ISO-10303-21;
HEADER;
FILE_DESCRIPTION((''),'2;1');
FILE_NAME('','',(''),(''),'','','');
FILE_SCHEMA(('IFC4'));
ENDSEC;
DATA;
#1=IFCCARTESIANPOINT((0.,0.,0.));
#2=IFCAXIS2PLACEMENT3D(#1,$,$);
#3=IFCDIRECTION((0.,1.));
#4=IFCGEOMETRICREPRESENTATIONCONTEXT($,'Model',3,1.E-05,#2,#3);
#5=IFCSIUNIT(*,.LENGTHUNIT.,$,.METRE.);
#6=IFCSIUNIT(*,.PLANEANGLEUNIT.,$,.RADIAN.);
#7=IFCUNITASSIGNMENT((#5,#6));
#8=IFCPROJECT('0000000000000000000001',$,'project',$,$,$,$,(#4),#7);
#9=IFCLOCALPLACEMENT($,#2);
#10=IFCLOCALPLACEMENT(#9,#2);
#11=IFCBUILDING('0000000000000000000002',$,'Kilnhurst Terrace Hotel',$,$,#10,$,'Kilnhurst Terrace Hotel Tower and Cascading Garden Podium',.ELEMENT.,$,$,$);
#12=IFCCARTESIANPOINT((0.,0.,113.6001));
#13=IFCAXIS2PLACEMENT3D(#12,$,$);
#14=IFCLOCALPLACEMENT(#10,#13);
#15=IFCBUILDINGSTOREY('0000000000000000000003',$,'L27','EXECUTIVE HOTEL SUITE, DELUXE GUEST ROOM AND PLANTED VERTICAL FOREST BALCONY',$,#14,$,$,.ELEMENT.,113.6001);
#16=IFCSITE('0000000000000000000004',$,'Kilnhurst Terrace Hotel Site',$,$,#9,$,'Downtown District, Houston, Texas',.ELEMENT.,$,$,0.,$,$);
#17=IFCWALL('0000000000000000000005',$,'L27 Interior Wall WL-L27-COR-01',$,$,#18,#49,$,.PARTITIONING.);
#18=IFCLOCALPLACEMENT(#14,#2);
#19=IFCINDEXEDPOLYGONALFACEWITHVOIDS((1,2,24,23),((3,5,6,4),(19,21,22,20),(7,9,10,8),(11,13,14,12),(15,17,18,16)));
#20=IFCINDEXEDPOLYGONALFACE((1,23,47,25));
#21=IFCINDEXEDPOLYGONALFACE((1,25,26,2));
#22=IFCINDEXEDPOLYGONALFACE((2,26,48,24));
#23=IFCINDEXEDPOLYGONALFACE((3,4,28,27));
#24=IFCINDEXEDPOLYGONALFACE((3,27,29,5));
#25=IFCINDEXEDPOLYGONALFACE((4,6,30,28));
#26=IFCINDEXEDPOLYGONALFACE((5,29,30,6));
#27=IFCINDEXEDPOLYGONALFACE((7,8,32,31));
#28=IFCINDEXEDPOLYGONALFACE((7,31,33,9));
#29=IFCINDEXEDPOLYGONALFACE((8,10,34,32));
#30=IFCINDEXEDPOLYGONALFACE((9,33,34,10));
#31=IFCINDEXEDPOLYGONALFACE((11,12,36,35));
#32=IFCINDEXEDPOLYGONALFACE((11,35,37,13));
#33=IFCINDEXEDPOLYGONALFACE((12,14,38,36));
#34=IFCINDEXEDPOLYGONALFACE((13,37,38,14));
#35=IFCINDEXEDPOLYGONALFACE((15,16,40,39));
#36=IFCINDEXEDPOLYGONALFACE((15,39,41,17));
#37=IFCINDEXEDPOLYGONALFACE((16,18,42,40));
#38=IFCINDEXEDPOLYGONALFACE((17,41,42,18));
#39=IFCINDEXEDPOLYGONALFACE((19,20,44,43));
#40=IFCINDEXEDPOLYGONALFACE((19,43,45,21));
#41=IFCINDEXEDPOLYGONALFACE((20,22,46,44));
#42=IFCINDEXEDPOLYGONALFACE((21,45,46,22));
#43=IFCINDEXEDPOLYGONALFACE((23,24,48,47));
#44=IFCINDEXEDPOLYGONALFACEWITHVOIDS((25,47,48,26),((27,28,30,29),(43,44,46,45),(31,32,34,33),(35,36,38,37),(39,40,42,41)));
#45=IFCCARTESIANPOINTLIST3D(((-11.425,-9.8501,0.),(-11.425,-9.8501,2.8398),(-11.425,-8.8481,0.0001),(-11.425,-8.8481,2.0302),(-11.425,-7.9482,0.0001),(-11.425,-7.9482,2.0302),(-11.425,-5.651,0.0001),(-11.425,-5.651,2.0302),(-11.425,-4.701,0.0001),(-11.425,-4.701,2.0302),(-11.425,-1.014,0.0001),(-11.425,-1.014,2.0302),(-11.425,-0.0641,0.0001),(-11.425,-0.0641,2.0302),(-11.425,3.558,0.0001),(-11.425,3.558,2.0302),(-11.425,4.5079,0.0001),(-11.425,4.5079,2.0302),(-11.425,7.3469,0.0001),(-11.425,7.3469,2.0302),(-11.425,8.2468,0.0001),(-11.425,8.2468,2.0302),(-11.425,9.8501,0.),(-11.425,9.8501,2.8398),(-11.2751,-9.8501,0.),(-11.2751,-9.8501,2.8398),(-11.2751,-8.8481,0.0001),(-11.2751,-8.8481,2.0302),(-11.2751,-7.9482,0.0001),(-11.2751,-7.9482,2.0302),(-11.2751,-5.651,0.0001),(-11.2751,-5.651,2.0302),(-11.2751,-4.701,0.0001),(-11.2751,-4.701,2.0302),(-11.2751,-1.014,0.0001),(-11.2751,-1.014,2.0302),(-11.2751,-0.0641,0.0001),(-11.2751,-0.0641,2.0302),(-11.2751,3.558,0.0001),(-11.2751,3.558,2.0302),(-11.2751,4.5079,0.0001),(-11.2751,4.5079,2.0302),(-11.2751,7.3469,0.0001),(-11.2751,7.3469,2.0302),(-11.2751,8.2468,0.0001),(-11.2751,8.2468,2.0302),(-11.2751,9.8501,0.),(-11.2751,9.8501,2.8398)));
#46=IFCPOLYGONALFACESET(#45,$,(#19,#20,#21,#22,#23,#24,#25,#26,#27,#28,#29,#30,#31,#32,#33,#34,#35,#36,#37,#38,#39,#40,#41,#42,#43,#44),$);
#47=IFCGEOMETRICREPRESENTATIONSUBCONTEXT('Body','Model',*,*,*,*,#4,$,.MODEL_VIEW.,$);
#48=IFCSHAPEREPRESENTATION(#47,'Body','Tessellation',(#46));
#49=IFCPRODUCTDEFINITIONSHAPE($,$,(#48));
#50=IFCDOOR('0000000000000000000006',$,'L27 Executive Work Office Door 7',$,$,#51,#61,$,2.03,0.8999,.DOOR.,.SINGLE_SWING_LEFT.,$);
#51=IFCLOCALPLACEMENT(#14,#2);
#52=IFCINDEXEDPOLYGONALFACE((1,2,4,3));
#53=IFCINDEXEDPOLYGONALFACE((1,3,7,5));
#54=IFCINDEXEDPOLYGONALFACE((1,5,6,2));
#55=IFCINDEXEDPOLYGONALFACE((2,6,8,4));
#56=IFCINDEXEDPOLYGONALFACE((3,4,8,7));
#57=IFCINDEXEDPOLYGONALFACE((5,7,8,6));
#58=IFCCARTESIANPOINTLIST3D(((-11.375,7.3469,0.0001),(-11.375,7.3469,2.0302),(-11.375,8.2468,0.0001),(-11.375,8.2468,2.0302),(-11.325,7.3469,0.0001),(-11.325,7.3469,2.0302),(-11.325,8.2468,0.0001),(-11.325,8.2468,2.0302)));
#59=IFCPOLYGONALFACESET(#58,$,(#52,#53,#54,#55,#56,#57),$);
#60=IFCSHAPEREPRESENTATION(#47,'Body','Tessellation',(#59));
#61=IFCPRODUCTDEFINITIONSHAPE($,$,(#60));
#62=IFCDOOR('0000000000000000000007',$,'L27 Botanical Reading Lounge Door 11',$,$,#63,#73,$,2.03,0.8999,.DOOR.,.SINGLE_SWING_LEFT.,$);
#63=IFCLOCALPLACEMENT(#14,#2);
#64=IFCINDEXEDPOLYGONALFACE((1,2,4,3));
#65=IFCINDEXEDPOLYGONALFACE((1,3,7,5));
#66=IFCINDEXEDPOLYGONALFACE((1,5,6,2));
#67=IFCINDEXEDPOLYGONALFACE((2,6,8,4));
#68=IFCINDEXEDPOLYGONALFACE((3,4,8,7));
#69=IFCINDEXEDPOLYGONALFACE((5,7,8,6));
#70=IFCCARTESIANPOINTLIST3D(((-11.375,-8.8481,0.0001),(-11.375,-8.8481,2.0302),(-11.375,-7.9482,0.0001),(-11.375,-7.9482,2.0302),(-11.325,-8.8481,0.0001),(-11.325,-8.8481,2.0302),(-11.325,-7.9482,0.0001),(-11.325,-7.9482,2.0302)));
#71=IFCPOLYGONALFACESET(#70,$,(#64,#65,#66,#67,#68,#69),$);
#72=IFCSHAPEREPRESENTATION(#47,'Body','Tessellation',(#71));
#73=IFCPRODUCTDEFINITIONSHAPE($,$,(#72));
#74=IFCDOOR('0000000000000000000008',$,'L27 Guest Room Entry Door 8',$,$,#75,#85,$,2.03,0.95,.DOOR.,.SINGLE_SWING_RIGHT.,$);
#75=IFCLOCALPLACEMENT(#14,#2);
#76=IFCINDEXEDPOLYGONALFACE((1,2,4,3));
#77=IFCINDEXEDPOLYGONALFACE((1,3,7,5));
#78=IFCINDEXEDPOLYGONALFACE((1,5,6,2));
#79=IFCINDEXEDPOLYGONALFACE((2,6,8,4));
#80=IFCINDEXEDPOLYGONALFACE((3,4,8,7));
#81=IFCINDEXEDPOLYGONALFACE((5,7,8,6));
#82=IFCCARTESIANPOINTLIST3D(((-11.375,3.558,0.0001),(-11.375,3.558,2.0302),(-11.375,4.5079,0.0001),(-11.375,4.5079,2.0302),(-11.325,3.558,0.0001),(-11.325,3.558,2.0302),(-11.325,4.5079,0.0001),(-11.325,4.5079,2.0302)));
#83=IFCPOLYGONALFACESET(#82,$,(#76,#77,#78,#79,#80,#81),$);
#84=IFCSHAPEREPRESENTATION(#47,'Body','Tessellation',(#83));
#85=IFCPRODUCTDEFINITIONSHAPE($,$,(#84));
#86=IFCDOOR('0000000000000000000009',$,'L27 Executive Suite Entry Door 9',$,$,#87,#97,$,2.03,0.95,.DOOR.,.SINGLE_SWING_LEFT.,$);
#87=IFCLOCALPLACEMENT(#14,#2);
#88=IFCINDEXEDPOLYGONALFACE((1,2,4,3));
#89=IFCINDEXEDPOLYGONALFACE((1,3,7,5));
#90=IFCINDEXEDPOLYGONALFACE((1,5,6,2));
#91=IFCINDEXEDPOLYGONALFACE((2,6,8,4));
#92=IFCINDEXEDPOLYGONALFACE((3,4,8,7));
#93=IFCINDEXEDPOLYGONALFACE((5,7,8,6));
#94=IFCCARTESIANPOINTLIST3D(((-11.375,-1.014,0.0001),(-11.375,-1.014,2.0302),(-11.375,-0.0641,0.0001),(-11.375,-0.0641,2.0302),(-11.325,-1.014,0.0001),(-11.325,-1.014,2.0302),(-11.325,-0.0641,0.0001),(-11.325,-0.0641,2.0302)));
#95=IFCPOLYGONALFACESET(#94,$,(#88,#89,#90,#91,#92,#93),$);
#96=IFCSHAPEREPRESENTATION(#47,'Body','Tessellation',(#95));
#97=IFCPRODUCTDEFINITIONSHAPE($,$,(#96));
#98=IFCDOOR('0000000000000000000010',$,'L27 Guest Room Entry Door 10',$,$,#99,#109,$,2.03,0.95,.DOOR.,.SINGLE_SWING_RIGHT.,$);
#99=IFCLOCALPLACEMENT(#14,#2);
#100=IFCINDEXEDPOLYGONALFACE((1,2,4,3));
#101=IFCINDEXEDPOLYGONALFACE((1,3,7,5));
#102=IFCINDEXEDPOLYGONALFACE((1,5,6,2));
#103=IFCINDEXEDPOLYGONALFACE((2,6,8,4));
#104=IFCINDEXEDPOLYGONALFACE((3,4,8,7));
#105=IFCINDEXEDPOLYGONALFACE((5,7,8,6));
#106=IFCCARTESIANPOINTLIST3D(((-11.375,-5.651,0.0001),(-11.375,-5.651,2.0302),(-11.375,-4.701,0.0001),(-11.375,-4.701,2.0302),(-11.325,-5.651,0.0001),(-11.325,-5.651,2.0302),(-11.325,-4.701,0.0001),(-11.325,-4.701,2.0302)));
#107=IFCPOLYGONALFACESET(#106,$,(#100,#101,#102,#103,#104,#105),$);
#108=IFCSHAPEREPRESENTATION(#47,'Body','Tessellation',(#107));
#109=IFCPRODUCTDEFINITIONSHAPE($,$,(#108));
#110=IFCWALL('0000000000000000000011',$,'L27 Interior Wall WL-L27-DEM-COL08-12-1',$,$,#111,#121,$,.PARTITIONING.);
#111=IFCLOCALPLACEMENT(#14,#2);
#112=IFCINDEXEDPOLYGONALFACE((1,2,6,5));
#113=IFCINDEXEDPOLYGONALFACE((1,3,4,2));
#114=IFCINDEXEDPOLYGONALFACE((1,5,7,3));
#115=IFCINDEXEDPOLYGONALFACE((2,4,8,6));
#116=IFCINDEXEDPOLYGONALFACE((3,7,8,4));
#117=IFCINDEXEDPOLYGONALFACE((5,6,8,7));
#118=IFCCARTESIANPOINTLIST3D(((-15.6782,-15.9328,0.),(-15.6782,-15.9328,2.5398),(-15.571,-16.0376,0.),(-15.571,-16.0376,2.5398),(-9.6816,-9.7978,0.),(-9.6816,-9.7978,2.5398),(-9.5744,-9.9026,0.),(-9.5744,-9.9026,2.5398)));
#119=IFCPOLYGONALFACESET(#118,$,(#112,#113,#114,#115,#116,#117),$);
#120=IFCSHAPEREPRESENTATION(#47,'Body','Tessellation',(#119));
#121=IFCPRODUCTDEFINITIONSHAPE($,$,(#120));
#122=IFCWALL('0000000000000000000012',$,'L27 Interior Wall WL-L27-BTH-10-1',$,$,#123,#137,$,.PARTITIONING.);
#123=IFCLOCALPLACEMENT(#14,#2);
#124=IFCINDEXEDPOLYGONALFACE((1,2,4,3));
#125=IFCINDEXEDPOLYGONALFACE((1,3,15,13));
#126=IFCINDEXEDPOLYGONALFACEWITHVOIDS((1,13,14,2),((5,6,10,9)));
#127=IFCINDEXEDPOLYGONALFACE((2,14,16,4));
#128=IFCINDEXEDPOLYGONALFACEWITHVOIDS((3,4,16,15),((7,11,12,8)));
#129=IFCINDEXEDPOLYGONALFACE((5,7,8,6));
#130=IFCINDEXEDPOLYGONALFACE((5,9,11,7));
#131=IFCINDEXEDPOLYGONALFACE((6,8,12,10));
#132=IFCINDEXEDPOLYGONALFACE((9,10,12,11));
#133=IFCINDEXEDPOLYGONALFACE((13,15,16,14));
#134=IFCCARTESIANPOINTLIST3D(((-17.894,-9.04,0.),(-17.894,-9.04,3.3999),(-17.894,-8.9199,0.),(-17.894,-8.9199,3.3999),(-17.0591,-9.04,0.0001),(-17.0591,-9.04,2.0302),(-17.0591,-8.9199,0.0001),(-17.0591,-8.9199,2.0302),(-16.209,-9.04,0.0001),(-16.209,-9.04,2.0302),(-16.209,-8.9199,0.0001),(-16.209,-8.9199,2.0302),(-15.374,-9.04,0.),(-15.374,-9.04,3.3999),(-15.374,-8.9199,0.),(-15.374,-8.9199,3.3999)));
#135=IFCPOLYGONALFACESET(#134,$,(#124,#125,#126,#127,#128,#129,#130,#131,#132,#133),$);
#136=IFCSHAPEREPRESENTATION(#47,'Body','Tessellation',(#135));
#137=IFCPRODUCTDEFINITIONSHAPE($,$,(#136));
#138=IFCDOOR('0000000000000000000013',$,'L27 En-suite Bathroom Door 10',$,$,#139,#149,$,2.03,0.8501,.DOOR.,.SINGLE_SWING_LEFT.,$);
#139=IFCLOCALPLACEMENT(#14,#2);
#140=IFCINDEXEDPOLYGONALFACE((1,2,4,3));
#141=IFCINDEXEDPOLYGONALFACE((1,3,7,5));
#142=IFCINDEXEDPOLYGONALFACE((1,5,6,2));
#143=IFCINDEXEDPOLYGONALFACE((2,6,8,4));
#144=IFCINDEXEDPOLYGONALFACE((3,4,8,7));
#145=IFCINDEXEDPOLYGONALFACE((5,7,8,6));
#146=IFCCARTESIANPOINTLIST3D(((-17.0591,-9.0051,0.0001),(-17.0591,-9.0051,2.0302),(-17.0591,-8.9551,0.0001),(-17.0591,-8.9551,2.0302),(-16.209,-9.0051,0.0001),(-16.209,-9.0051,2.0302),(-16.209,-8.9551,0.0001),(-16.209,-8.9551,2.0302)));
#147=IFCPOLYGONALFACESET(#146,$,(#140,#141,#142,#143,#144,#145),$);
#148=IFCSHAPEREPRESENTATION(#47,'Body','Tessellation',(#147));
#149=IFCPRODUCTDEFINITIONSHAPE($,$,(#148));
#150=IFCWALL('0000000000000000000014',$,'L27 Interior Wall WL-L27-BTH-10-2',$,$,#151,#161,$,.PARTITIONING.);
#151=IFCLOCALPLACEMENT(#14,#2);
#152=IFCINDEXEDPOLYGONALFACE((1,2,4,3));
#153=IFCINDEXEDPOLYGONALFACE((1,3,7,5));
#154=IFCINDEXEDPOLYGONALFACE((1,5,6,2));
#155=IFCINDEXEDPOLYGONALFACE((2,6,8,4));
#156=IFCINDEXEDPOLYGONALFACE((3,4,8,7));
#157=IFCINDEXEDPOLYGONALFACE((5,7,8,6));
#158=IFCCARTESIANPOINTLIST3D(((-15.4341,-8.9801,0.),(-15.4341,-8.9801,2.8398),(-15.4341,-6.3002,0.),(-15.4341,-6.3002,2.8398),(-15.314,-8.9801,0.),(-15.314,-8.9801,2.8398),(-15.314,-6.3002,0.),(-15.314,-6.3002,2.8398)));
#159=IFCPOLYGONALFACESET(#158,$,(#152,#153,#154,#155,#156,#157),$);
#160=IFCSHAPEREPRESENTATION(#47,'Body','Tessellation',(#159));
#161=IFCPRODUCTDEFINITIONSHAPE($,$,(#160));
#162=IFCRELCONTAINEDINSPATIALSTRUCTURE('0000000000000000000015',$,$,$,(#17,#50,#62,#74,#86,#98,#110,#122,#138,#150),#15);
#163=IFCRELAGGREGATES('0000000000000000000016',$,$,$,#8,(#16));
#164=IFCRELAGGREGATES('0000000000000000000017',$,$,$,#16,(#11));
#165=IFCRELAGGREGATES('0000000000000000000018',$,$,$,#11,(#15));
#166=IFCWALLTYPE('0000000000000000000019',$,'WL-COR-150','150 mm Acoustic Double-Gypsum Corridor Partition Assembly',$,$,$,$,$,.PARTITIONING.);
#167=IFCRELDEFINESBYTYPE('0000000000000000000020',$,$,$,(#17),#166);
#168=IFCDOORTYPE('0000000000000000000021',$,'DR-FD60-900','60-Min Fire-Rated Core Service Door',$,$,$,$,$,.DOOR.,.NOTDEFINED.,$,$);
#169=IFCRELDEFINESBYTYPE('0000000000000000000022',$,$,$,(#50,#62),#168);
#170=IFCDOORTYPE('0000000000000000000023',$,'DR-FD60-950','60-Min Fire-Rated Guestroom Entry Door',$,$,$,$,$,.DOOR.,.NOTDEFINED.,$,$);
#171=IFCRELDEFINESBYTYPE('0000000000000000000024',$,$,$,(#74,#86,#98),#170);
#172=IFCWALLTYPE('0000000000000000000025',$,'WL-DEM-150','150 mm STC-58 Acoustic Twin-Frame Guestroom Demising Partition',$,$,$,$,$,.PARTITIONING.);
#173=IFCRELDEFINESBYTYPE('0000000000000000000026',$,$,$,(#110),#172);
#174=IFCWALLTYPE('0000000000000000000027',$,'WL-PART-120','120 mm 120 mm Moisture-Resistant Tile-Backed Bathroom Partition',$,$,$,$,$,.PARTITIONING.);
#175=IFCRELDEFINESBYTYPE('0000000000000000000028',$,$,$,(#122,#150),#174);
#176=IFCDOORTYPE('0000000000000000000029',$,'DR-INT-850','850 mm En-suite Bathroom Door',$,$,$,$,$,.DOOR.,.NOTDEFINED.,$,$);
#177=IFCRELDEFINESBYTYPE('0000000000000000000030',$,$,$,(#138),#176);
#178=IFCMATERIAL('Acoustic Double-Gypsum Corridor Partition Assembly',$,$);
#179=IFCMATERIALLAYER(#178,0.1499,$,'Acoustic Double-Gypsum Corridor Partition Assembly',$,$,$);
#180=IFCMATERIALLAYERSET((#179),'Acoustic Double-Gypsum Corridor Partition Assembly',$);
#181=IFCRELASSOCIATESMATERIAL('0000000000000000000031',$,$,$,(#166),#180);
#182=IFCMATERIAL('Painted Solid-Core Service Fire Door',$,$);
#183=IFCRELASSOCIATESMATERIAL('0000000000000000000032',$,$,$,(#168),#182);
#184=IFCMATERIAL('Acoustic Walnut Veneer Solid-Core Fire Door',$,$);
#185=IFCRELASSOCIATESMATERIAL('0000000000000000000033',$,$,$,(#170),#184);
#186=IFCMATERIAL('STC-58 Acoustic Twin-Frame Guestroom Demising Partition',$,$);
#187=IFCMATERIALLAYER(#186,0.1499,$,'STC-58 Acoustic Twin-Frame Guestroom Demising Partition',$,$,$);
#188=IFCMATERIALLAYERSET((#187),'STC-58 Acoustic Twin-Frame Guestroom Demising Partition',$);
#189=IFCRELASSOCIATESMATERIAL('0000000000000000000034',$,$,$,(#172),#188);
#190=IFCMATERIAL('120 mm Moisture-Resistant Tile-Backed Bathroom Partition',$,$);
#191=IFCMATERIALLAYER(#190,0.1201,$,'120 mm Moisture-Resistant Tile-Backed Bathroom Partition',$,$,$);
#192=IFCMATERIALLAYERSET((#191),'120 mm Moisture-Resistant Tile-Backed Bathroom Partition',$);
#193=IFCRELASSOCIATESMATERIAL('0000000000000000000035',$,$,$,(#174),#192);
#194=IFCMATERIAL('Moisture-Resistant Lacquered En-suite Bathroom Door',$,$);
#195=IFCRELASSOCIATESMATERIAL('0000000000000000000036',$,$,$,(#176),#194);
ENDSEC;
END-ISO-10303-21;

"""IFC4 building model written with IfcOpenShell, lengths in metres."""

from ifc_helpers import new_model, si_unit, direction, frame, frame_2d, origin, place, context, subcontext, project, spatial, rectangle, extrude, material, layer, layer_set, type_object, element, fill, save


model = new_model("IFC4")

# Units and contexts
model_context = context("Model", 3, precision=1e-05, world=origin(), true_north=direction((0.0, 1.0)))
body_context = subcontext(model_context, "Body", "Model", "MODEL_VIEW")
ifc_project = project(units=[si_unit("LENGTHUNIT", "METRE"), si_unit("PLANEANGLEUNIT", "RADIAN")], contexts=[model_context])

# Site, building, storey
site_placement = place(None, origin())
site = spatial("IfcSite", under=ifc_project, at=site_placement, Name="Kilnhurst Terrace Hotel Site", LongName="Downtown District, Houston, Texas", CompositionType="ELEMENT", RefElevation=0.0)
building_placement = place(site_placement, origin())
building = spatial("IfcBuilding", under=site, at=building_placement, Name="Kilnhurst Terrace Hotel", LongName="Kilnhurst Terrace Hotel Tower and Cascading Garden Podium", CompositionType="ELEMENT")
storey_placement = place(building_placement, frame((0.0, 0.0, 113.6001)))
storey = spatial("IfcBuildingStorey", under=building, at=storey_placement, Name="L27", Description="EXECUTIVE HOTEL SUITE, DELUXE GUEST ROOM AND PLANTED VERTICAL FOREST BALCONY", CompositionType="ELEMENT", Elevation=113.6001)

# Wall, openings, doors
ifc_material_1 = material(Name="Acoustic Double-Gypsum Corridor Partition Assembly")
ifc_layer_1 = layer(ifc_material_1, 0.1499, Name="Acoustic Double-Gypsum Corridor Partition Assembly")
ifc_layer_set_1 = layer_set([ifc_layer_1], Name="Acoustic Double-Gypsum Corridor Partition Assembly")
wall_type_1 = type_object("IfcWallType", Name="WL-COR-150", Description="150 mm Acoustic Double-Gypsum Corridor Partition Assembly", PredefinedType="PARTITIONING", material=ifc_layer_set_1)
wall_1_placement = place(storey_placement, frame((-11.3501, -9.8501, 0.0), z_axis=(0.0, 0.0, 1.0), x_axis=(0.0, 1.0, 0.0)))
wall_1 = element("IfcWall", 1, at=wall_1_placement, inside=storey, type_object=wall_type_1, Name="L27 Interior Wall WL-L27-COR-01", PredefinedType="PARTITIONING", context=body_context, shape_type="SweptSolid", body=[
    extrude(rectangle(XDim=19.7002, YDim=0.1499, at=frame_2d((9.8501, 0.0))), origin(), (0.0, 0.0, 1.0), 2.8398),
])
opening_1_placement = place(wall_1_placement, frame((17.197, 0.0, 0.0)))
opening_1 = element("IfcOpeningElement", 2, at=opening_1_placement, cuts=wall_1, PredefinedType="OPENING", context=body_context, shape_type="SweptSolid", body=[
    extrude(rectangle(XDim=0.8999, YDim=2.03, at=frame_2d((0.45, 1.0151))), frame((0.0, 0.085, 0.0), z_axis=(0.0, -1.0, 0.0), x_axis=(1.0, 0.0, 0.0)), (0.0, 0.0, 1.0), 0.1699),
])
opening_2_placement = place(wall_1_placement, frame((13.408, 0.0, 0.0)))
opening_2 = element("IfcOpeningElement", 3, at=opening_2_placement, cuts=wall_1, PredefinedType="OPENING", context=body_context, shape_type="SweptSolid", body=[
    extrude(rectangle(XDim=0.95, YDim=2.03, at=frame_2d((0.4751, 1.0151))), frame((0.0, 0.085, 0.0), z_axis=(0.0, -1.0, 0.0), x_axis=(1.0, 0.0, 0.0)), (0.0, 0.0, 1.0), 0.1699),
])
opening_3_placement = place(wall_1_placement, frame((8.8359, 0.0, 0.0)))
opening_3 = element("IfcOpeningElement", 4, at=opening_3_placement, cuts=wall_1, PredefinedType="OPENING", context=body_context, shape_type="SweptSolid", body=[
    extrude(rectangle(XDim=0.95, YDim=2.03, at=frame_2d((0.4751, 1.0151))), frame((0.0, 0.085, 0.0), z_axis=(0.0, -1.0, 0.0), x_axis=(1.0, 0.0, 0.0)), (0.0, 0.0, 1.0), 0.1699),
])
opening_4_placement = place(wall_1_placement, frame((4.199, 0.0, 0.0)))
opening_4 = element("IfcOpeningElement", 5, at=opening_4_placement, cuts=wall_1, PredefinedType="OPENING", context=body_context, shape_type="SweptSolid", body=[
    extrude(rectangle(XDim=0.95, YDim=2.03, at=frame_2d((0.4751, 1.0151))), frame((0.0, 0.085, 0.0), z_axis=(0.0, -1.0, 0.0), x_axis=(1.0, 0.0, 0.0)), (0.0, 0.0, 1.0), 0.1699),
])
opening_5_placement = place(wall_1_placement, frame((1.002, 0.0, 0.0)))
opening_5 = element("IfcOpeningElement", 6, at=opening_5_placement, cuts=wall_1, PredefinedType="OPENING", context=body_context, shape_type="SweptSolid", body=[
    extrude(rectangle(XDim=0.8999, YDim=2.03, at=frame_2d((0.45, 1.0151))), frame((0.0, 0.085, 0.0), z_axis=(0.0, -1.0, 0.0), x_axis=(1.0, 0.0, 0.0)), (0.0, 0.0, 1.0), 0.1699),
])
ifc_material_2 = material(Name="Painted Solid-Core Service Fire Door")
door_type_1 = type_object("IfcDoorType", Name="DR-FD60-900", Description="60-Min Fire-Rated Core Service Door", OperationType="NOTDEFINED", PredefinedType="DOOR", material=ifc_material_2)
door_1_placement = place(opening_1_placement, origin())
door_1 = element("IfcDoor", 7, at=door_1_placement, inside=storey, type_object=door_type_1, Name="L27 Executive Work Office Door 7", OperationType="SINGLE_SWING_LEFT", OverallHeight=2.03, OverallWidth=0.8999, PredefinedType="DOOR", context=body_context, shape_type="SweptSolid", body=[
    extrude(rectangle(XDim=0.8999, YDim=2.03, at=frame_2d((0.45, 1.0151))), frame((0.0, 0.0249, 0.0), z_axis=(0.0, -1.0, 0.0), x_axis=(1.0, 0.0, 0.0)), (0.0, 0.0, 1.0), 0.05),
])
fill(opening_1, door_1)
door_2_placement = place(opening_5_placement, origin())
door_2 = element("IfcDoor", 8, at=door_2_placement, inside=storey, type_object=door_type_1, Name="L27 Botanical Reading Lounge Door 11", OperationType="SINGLE_SWING_LEFT", OverallHeight=2.03, OverallWidth=0.8999, PredefinedType="DOOR", context=body_context, shape_type="SweptSolid", body=[
    extrude(rectangle(XDim=0.8999, YDim=2.03, at=frame_2d((0.45, 1.0151))), frame((0.0, 0.0249, 0.0), z_axis=(0.0, -1.0, 0.0), x_axis=(1.0, 0.0, 0.0)), (0.0, 0.0, 1.0), 0.05),
])
fill(opening_5, door_2)
ifc_material_3 = material(Name="Acoustic Walnut Veneer Solid-Core Fire Door")
door_type_2 = type_object("IfcDoorType", Name="DR-FD60-950", Description="60-Min Fire-Rated Guestroom Entry Door", OperationType="NOTDEFINED", PredefinedType="DOOR", material=ifc_material_3)
door_3_placement = place(opening_2_placement, origin())
door_3 = element("IfcDoor", 9, at=door_3_placement, inside=storey, type_object=door_type_2, Name="L27 Guest Room Entry Door 8", OperationType="SINGLE_SWING_RIGHT", OverallHeight=2.03, OverallWidth=0.95, PredefinedType="DOOR", context=body_context, shape_type="SweptSolid", body=[
    extrude(rectangle(XDim=0.95, YDim=2.03, at=frame_2d((0.4751, 1.0151))), frame((0.0, 0.0249, 0.0), z_axis=(0.0, -1.0, 0.0), x_axis=(1.0, 0.0, 0.0)), (0.0, 0.0, 1.0), 0.05),
])
fill(opening_2, door_3)
door_4_placement = place(opening_3_placement, origin())
door_4 = element("IfcDoor", 10, at=door_4_placement, inside=storey, type_object=door_type_2, Name="L27 Executive Suite Entry Door 9", OperationType="SINGLE_SWING_LEFT", OverallHeight=2.03, OverallWidth=0.95, PredefinedType="DOOR", context=body_context, shape_type="SweptSolid", body=[
    extrude(rectangle(XDim=0.95, YDim=2.03, at=frame_2d((0.4751, 1.0151))), frame((0.0, 0.0249, 0.0), z_axis=(0.0, -1.0, 0.0), x_axis=(1.0, 0.0, 0.0)), (0.0, 0.0, 1.0), 0.05),
])
fill(opening_3, door_4)
door_5_placement = place(opening_4_placement, origin())
door_5 = element("IfcDoor", 11, at=door_5_placement, inside=storey, type_object=door_type_2, Name="L27 Guest Room Entry Door 10", OperationType="SINGLE_SWING_RIGHT", OverallHeight=2.03, OverallWidth=0.95, PredefinedType="DOOR", context=body_context, shape_type="SweptSolid", body=[
    extrude(rectangle(XDim=0.95, YDim=2.03, at=frame_2d((0.4751, 1.0151))), frame((0.0, 0.0249, 0.0), z_axis=(0.0, -1.0, 0.0), x_axis=(1.0, 0.0, 0.0)), (0.0, 0.0, 1.0), 0.05),
])
fill(opening_4, door_5)

# Wall
ifc_material_4 = material(Name="STC-58 Acoustic Twin-Frame Guestroom Demising Partition")
ifc_layer_2 = layer(ifc_material_4, 0.1499, Name="STC-58 Acoustic Twin-Frame Guestroom Demising Partition")
ifc_layer_set_2 = layer_set([ifc_layer_2], Name="STC-58 Acoustic Twin-Frame Guestroom Demising Partition")
wall_type_2 = type_object("IfcWallType", Name="WL-DEM-150", Description="150 mm STC-58 Acoustic Twin-Frame Guestroom Demising Partition", PredefinedType="PARTITIONING", material=ifc_layer_set_2)
wall_2_placement = place(storey_placement, frame((-9.6279, -9.8501, 0.0), z_axis=(0.0, 0.0, 1.0), x_axis=(-0.698993, -0.715129, 0.0)))
element("IfcWall", 12, at=wall_2_placement, inside=storey, type_object=wall_type_2, Name="L27 Interior Wall WL-L27-DEM-COL08-12-1", PredefinedType="PARTITIONING", context=body_context, shape_type="SweptSolid", body=[
    extrude(rectangle(XDim=8.5789, YDim=0.1499, at=frame_2d((4.2896, 0.0))), origin(), (0.0, 0.0, 1.0), 2.5398),
])

# Wall, opening, door
ifc_material_5 = material(Name="120 mm Moisture-Resistant Tile-Backed Bathroom Partition")
ifc_layer_3 = layer(ifc_material_5, 0.1201, Name="120 mm Moisture-Resistant Tile-Backed Bathroom Partition")
ifc_layer_set_3 = layer_set([ifc_layer_3], Name="120 mm Moisture-Resistant Tile-Backed Bathroom Partition")
wall_type_3 = type_object("IfcWallType", Name="WL-PART-120", Description="120 mm 120 mm Moisture-Resistant Tile-Backed Bathroom Partition", PredefinedType="PARTITIONING", material=ifc_layer_set_3)
wall_3_placement = place(storey_placement, frame((-17.894, -8.98, 0.0), z_axis=(0.0, 0.0, 1.0), x_axis=(1.0, 0.0, 0.0)))
wall_3 = element("IfcWall", 13, at=wall_3_placement, inside=storey, type_object=wall_type_3, Name="L27 Interior Wall WL-L27-BTH-10-1", PredefinedType="PARTITIONING", context=body_context, shape_type="SweptSolid", body=[
    extrude(rectangle(XDim=2.52, YDim=0.1201, at=frame_2d((1.26, 0.0))), origin(), (0.0, 0.0, 1.0), 3.3999),
])
opening_6_placement = place(wall_3_placement, frame((0.835, 0.0, 0.0)))
opening_6 = element("IfcOpeningElement", 14, at=opening_6_placement, cuts=wall_3, PredefinedType="OPENING", context=body_context, shape_type="SweptSolid", body=[
    extrude(rectangle(XDim=0.8501, YDim=2.03, at=frame_2d((0.425, 1.0151))), frame((0.0, 0.0701, 0.0), z_axis=(0.0, -1.0, 0.0), x_axis=(1.0, 0.0, 0.0)), (0.0, 0.0, 1.0), 0.1401),
])
ifc_material_6 = material(Name="Moisture-Resistant Lacquered En-suite Bathroom Door")
door_type_3 = type_object("IfcDoorType", Name="DR-INT-850", Description="850 mm En-suite Bathroom Door", OperationType="NOTDEFINED", PredefinedType="DOOR", material=ifc_material_6)
door_6_placement = place(opening_6_placement, origin())
door_6 = element("IfcDoor", 15, at=door_6_placement, inside=storey, type_object=door_type_3, Name="L27 En-suite Bathroom Door 10", OperationType="SINGLE_SWING_LEFT", OverallHeight=2.03, OverallWidth=0.8501, PredefinedType="DOOR", context=body_context, shape_type="SweptSolid", body=[
    extrude(rectangle(XDim=0.8501, YDim=2.03, at=frame_2d((0.425, 1.0151))), frame((0.0, 0.0249, 0.0), z_axis=(0.0, -1.0, 0.0), x_axis=(1.0, 0.0, 0.0)), (0.0, 0.0, 1.0), 0.05),
])
fill(opening_6, door_6)

# Wall
wall_4_placement = place(storey_placement, frame((-15.374, -8.98, 0.0), z_axis=(0.0, 0.0, 1.0), x_axis=(0.0, 1.0, 0.0)))
element("IfcWall", 16, at=wall_4_placement, inside=storey, type_object=wall_type_3, Name="L27 Interior Wall WL-L27-BTH-10-2", PredefinedType="PARTITIONING", context=body_context, shape_type="SweptSolid", body=[
    extrude(rectangle(XDim=2.6799, YDim=0.1201, at=frame_2d((1.3398, 0.0))), origin(), (0.0, 0.0, 1.0), 2.8398),
])

save(model, "model.ifc")
